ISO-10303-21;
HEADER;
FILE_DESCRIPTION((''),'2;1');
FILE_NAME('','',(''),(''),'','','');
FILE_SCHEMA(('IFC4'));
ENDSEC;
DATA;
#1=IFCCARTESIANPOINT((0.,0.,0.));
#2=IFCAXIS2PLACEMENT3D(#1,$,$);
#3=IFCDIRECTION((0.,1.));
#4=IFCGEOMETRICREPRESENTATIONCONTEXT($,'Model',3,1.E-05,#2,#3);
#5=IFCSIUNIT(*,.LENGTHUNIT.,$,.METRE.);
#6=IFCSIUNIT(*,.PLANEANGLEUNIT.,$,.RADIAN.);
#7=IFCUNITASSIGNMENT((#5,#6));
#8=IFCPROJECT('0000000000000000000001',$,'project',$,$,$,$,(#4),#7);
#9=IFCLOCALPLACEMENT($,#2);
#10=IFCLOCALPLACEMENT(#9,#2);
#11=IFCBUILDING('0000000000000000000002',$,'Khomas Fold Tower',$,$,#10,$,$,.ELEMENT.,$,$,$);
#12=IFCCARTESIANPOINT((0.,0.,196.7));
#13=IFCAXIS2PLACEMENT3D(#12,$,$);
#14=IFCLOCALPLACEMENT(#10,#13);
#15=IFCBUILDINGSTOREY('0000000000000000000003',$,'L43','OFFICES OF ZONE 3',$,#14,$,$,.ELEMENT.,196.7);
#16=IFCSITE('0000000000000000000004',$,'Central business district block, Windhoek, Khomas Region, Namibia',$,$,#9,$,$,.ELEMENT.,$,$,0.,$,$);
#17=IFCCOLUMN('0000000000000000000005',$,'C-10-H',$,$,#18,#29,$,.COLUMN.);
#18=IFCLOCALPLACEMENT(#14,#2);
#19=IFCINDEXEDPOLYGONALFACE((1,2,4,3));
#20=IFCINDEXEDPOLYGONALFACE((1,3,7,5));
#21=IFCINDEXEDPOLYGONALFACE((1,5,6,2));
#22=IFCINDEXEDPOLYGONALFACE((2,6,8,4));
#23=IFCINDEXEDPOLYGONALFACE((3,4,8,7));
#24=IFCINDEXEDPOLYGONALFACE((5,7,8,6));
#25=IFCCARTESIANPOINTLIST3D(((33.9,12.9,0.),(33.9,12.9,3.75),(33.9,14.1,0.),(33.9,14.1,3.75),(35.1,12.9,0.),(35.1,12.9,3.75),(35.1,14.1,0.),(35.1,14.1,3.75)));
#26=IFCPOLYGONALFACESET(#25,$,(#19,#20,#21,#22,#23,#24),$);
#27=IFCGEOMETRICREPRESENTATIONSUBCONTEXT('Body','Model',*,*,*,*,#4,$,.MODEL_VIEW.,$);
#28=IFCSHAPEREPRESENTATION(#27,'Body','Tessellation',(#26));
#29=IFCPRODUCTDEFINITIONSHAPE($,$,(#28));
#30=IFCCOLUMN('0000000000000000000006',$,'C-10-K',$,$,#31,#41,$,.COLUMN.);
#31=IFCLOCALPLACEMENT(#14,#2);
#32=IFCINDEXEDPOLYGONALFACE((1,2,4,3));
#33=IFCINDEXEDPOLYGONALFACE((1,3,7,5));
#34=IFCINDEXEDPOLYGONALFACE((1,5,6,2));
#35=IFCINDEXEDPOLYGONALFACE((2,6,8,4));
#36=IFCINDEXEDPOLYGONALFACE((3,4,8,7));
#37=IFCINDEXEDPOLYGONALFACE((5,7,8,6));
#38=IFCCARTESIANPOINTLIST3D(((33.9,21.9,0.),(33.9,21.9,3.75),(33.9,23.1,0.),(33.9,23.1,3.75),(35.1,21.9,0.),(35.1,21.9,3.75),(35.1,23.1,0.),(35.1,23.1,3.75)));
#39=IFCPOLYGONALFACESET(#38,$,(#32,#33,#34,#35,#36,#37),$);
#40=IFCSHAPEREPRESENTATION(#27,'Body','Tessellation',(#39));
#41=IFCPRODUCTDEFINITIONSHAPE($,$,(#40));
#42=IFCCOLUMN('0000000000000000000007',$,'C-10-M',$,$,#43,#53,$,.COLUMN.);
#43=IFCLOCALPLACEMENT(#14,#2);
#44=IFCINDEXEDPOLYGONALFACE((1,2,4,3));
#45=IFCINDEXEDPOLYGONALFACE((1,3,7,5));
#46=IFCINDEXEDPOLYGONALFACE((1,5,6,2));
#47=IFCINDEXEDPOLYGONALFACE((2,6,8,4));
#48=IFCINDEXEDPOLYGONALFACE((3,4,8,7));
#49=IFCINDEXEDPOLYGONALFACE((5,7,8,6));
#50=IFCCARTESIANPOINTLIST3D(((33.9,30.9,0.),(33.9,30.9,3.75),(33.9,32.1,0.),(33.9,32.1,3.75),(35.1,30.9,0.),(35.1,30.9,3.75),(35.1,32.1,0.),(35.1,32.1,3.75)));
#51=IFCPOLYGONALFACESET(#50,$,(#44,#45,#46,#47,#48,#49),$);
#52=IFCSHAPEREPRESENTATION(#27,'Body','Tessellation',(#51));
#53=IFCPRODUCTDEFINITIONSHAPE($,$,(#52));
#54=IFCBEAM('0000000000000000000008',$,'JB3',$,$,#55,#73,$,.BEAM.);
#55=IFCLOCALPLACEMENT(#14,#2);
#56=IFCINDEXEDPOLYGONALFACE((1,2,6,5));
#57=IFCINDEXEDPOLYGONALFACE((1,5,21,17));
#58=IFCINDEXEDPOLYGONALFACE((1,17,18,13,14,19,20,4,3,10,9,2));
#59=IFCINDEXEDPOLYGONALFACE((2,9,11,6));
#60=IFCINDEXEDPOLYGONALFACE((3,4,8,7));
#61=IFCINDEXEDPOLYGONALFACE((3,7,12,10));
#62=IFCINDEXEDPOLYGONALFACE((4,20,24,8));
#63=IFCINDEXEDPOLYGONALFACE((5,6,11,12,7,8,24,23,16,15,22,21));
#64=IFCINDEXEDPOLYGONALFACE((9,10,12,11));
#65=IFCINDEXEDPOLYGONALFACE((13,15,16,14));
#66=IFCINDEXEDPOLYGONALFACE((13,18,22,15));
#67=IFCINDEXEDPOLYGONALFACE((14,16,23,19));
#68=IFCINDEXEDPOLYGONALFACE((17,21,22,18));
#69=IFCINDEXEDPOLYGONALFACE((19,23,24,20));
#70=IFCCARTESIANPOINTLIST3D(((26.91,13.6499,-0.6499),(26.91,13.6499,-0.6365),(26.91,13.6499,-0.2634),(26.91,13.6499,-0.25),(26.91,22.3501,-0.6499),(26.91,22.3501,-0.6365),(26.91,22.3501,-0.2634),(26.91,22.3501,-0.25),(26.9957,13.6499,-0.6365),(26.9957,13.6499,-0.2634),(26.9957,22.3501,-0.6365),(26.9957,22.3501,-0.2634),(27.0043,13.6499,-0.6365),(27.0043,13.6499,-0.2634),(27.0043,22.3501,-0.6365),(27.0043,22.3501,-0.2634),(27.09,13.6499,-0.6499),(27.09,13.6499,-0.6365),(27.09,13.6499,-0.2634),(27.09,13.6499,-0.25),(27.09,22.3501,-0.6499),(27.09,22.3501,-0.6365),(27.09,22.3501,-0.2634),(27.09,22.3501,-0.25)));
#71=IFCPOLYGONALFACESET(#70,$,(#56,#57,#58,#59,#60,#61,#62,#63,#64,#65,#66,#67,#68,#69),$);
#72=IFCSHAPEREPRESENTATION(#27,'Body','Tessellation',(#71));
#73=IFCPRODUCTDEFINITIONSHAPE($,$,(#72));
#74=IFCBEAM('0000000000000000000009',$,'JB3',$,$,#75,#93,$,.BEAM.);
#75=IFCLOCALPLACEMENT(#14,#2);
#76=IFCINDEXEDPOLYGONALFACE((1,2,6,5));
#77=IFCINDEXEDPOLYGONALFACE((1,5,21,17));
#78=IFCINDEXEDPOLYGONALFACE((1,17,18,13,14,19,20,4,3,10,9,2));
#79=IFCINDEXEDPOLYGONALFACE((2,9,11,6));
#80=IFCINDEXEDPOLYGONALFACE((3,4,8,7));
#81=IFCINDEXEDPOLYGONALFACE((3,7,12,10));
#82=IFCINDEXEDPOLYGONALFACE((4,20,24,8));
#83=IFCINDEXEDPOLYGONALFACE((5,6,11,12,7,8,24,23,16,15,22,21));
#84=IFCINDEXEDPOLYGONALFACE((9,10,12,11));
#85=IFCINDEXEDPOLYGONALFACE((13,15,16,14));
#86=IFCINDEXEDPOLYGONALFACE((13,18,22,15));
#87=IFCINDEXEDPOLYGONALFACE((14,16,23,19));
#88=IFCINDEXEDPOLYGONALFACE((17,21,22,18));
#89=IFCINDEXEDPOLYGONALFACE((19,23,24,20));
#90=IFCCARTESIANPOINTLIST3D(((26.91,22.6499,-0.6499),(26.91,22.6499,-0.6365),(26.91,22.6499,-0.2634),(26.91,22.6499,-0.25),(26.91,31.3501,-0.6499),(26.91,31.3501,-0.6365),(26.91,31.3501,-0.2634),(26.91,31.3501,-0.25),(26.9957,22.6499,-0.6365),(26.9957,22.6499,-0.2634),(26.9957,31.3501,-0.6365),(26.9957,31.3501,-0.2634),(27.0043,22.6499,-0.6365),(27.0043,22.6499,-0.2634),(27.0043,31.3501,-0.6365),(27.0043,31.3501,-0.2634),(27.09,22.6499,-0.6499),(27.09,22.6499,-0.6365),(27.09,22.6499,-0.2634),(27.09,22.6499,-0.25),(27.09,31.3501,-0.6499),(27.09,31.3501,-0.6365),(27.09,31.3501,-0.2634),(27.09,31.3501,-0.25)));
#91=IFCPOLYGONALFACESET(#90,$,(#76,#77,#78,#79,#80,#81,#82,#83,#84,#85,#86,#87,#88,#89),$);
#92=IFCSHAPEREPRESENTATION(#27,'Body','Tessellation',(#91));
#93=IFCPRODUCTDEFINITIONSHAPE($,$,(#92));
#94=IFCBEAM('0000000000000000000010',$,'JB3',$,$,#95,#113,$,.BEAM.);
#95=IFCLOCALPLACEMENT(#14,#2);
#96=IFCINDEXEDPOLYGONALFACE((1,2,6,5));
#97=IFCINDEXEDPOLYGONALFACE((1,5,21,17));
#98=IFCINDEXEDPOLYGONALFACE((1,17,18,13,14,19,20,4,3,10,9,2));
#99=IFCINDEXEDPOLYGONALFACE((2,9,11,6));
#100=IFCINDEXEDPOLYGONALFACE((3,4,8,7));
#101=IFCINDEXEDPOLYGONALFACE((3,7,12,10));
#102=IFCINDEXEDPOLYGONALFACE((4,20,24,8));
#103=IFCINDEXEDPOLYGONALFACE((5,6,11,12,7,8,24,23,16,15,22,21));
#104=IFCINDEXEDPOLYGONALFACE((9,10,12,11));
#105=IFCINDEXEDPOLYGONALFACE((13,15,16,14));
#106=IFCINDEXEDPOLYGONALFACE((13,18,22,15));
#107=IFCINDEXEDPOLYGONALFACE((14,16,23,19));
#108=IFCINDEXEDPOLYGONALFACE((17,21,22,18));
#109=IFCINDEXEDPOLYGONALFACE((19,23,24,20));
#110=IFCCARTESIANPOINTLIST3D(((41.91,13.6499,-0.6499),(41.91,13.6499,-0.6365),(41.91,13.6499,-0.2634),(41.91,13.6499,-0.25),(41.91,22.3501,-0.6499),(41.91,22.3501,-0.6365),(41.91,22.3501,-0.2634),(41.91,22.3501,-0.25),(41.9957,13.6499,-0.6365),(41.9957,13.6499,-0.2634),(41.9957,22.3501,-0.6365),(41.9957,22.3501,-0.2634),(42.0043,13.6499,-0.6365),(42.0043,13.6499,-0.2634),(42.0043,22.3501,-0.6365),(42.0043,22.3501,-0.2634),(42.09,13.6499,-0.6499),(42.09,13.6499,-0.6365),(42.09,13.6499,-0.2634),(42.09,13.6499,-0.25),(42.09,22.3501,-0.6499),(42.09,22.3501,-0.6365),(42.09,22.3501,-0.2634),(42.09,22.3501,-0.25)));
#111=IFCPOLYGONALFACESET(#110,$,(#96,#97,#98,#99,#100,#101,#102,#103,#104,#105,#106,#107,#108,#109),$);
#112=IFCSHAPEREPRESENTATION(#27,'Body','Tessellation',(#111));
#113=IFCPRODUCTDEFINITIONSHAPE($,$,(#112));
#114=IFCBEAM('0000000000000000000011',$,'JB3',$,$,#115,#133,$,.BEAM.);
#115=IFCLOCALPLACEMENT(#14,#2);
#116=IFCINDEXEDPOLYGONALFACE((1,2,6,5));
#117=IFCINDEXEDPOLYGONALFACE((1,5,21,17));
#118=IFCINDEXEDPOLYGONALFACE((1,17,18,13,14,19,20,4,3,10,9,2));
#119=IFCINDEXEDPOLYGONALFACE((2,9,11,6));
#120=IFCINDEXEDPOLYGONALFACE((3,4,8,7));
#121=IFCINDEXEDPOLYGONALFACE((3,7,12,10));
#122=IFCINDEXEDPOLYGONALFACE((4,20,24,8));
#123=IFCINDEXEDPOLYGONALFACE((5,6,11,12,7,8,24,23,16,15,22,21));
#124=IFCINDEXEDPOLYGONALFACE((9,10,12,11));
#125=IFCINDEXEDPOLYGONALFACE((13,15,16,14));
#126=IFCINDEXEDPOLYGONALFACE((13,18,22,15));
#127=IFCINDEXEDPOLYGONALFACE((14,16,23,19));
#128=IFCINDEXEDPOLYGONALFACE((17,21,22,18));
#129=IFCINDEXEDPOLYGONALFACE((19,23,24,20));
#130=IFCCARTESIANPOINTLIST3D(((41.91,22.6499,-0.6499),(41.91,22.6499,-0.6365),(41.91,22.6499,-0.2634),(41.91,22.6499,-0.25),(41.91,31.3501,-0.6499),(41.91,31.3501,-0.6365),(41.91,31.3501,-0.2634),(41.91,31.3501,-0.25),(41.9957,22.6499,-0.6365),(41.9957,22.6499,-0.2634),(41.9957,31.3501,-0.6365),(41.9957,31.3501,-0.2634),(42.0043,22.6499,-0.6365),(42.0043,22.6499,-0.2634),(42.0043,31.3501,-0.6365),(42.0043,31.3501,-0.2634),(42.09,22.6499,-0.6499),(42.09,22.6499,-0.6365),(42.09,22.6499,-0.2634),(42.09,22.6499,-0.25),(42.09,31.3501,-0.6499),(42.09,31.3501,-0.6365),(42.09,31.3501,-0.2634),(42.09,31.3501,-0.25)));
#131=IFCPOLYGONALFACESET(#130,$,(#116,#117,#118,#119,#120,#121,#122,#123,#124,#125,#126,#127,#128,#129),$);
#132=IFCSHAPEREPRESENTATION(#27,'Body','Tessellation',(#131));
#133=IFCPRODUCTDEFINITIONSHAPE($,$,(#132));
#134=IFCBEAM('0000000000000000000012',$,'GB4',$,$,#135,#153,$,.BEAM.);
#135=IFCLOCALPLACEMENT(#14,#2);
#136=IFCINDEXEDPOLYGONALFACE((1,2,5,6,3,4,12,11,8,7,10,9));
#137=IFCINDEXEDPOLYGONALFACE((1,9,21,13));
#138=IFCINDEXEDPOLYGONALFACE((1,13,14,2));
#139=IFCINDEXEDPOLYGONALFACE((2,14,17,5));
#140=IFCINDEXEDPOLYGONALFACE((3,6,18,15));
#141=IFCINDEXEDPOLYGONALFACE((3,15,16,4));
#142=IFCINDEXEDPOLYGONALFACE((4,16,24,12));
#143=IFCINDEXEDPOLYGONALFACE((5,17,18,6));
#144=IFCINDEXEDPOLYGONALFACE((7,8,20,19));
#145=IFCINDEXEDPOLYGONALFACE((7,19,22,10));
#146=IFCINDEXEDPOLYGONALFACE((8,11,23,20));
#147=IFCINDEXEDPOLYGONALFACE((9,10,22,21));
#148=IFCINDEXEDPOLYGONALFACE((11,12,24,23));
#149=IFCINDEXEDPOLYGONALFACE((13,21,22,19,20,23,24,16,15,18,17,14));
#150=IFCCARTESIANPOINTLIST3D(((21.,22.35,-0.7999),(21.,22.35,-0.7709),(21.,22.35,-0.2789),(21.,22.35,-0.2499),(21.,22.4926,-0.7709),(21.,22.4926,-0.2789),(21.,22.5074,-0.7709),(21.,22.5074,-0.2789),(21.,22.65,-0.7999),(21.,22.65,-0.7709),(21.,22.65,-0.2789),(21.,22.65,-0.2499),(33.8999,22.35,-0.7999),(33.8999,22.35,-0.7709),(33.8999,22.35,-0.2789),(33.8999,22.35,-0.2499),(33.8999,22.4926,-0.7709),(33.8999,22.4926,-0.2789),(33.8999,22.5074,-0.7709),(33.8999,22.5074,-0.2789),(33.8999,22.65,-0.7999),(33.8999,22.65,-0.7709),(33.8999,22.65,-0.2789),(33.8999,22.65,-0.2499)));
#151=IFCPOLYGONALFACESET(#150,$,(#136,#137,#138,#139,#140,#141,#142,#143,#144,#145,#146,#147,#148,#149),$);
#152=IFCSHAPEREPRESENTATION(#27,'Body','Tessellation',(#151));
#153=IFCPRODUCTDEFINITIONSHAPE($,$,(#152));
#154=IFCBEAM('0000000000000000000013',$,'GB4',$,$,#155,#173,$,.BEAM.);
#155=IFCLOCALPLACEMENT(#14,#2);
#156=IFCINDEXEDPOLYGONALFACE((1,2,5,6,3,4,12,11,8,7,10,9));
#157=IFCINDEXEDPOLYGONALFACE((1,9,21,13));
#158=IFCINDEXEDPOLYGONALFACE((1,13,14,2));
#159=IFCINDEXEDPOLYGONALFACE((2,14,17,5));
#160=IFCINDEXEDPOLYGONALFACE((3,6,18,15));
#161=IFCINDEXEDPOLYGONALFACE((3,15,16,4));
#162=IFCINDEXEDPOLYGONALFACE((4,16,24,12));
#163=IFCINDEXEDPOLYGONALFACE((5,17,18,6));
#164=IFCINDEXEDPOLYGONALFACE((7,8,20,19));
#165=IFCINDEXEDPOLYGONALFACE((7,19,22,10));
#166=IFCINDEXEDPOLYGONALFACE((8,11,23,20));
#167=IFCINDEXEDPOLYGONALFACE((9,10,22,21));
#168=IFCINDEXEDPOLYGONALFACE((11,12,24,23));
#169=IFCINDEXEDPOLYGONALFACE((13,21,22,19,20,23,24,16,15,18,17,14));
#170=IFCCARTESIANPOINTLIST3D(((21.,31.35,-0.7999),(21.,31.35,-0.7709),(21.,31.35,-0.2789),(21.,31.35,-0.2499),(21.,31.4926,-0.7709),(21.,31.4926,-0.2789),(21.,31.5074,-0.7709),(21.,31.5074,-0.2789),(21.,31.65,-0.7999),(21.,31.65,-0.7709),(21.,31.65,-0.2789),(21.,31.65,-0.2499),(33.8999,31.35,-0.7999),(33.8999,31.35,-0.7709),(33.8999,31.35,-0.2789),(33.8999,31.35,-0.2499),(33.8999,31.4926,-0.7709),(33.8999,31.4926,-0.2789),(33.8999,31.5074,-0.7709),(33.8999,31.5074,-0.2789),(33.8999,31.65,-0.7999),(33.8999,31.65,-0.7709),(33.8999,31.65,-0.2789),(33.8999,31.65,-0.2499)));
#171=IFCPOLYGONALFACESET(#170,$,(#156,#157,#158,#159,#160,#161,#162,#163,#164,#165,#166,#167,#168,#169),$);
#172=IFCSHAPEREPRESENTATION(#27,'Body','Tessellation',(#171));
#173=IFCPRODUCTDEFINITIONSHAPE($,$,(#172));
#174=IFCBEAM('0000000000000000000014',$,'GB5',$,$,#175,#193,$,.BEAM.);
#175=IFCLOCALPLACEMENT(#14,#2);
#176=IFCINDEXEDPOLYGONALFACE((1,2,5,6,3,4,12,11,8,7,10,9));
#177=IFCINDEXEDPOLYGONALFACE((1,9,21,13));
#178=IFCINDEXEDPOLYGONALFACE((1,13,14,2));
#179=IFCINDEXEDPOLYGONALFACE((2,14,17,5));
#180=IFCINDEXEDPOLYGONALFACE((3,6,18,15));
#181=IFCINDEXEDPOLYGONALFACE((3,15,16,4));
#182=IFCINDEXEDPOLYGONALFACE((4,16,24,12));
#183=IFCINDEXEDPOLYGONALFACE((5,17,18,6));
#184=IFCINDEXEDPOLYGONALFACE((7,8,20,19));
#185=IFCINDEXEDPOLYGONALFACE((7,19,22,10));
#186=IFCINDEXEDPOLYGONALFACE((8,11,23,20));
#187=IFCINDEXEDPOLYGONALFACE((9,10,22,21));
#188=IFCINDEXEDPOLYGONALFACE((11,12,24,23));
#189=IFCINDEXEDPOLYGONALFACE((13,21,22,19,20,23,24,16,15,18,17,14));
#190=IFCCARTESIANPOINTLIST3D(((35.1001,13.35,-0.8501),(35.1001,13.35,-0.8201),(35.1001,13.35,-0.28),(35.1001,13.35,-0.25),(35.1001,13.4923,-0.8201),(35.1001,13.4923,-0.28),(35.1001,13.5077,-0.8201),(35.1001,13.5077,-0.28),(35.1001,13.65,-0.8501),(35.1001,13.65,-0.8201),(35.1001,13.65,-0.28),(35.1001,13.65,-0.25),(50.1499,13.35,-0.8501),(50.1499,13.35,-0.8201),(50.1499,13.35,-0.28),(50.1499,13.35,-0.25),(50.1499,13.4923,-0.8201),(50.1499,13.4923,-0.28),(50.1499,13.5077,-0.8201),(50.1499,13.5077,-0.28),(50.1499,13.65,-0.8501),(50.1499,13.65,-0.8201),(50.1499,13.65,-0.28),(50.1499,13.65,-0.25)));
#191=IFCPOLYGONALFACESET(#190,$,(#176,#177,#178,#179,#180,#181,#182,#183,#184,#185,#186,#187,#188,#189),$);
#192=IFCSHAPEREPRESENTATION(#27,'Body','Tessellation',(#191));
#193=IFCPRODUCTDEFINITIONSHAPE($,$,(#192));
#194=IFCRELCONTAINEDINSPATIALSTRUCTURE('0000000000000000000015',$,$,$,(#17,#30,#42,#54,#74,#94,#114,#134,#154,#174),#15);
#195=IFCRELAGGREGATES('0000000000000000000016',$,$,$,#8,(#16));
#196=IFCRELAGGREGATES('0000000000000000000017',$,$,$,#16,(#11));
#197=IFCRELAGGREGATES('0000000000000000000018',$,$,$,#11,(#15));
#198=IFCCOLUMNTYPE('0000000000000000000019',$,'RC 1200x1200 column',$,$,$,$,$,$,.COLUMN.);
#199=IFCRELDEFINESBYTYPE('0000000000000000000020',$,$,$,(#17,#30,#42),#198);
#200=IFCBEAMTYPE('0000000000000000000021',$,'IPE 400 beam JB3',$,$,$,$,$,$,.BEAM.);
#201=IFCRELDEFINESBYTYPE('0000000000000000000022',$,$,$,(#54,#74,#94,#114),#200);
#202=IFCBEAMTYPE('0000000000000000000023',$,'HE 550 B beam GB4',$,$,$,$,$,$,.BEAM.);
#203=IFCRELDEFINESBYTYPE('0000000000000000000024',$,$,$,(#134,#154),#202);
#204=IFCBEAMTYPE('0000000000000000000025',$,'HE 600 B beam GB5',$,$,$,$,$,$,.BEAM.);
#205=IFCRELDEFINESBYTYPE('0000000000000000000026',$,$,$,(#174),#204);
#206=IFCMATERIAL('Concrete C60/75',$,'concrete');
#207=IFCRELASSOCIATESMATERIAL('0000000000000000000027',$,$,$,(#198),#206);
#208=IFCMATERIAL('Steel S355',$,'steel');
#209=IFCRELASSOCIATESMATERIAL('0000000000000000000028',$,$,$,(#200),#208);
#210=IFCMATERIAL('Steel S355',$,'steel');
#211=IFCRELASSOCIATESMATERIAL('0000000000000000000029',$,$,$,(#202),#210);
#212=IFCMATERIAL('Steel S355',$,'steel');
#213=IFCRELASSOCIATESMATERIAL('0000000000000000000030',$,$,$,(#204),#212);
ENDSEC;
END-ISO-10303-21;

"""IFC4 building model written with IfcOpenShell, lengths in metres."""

from ifc_helpers import new_model, si_unit, direction, frame, origin, origin_2d, place, context, subcontext, project, spatial, rectangle, i_section, extrude, source, transform, mapped, material, material_profile, profile_set, type_object, element, save


model = new_model("IFC4")

# Units and contexts
model_context = context("Model", 3, precision=1e-05, world=origin(), true_north=direction((0.0, 1.0)))
body_context = subcontext(model_context, "Body", "Model", "MODEL_VIEW")
ifc_project = project(units=[si_unit("LENGTHUNIT", "METRE"), si_unit("PLANEANGLEUNIT", "RADIAN")], contexts=[model_context])

# Site, building, storey
site_placement = place(None, origin())
site = spatial("IfcSite", under=ifc_project, at=site_placement, Name="Central business district block, Windhoek, Khomas Region, Namibia", CompositionType="ELEMENT", RefElevation=0.0)
building_placement = place(site_placement, origin())
building = spatial("IfcBuilding", under=site, at=building_placement, Name="Khomas Fold Tower", CompositionType="ELEMENT")
storey_placement = place(building_placement, frame((0.0, 0.0, 196.7)))
storey = spatial("IfcBuildingStorey", under=building, at=storey_placement, Name="L43", Description="OFFICES OF ZONE 3", CompositionType="ELEMENT", Elevation=196.7)

# Columns
ifc_material_1 = material(Name="Concrete C60/75", Category="concrete")
ifc_material_profile_1 = material_profile(ifc_material_1, rectangle(XDim=1.2, YDim=1.2, at=origin_2d()), Name="RC 1200x1200")
ifc_profile_set_1 = profile_set([ifc_material_profile_1], Name="Concrete C60/75")
column_type = type_object("IfcColumnType", Name="RC 1200x1200 column", PredefinedType="COLUMN", material=ifc_profile_set_1)
shared_shape_1 = source(origin(), body_context, "Body", "SweptSolid", [
    extrude(rectangle(XDim=1.2, YDim=1.2, at=origin_2d()), origin(), (0.0, 0.0, 1.0), 3.75),
])
for number, where, z_axis, x_axis, name in (
    (1, (34.5, 13.5, 0.0), (0.0, 0.0, 1.0), (1.0, 0.0, 0.0), "C-10-H"),
    (2, (34.5, 22.5, 0.0), (0.0, 0.0, 1.0), (1.0, 0.0, 0.0), "C-10-K"),
    (3, (34.5, 31.5, 0.0), (0.0, 0.0, 1.0), (1.0, 0.0, 0.0), "C-10-M"),
):
    element("IfcColumn", number, at=place(storey_placement, frame(where, z_axis=z_axis, x_axis=x_axis)), inside=storey, type_object=column_type, Name=name, PredefinedType="COLUMN", context=body_context, shape_type="MappedRepresentation", body=[
        mapped(shared_shape_1, transform((0.0, 0.0, 0.0))),
    ])

# Beams
ifc_material_2 = material(Name="Steel S355", Category="steel")
ifc_material_profile_2 = material_profile(ifc_material_2, i_section(OverallWidth=0.1799, OverallDepth=0.3999, WebThickness=0.0085, FlangeThickness=0.0134, at=origin_2d()), Name="IPE 400")
ifc_profile_set_2 = profile_set([ifc_material_profile_2], Name="Steel S355")
beam_type_1 = type_object("IfcBeamType", Name="IPE 400 beam JB3", PredefinedType="BEAM", material=ifc_profile_set_2)
shared_shape_2 = source(origin(), body_context, "Body", "SweptSolid", [
    extrude(i_section(OverallWidth=0.1799, OverallDepth=0.3999, WebThickness=0.0085, FlangeThickness=0.0134, at=origin_2d()), origin(), (0.0, 0.0, 1.0), 8.7002),
])
for number, where, z_axis, x_axis, name in (
    (4, (27.0, 13.6499, -0.45), (0.0, 1.0, 0.0), (-1.0, 0.0, 0.0), "JB3"),
    (5, (27.0, 22.6499, -0.45), (0.0, 1.0, 0.0), (-1.0, 0.0, 0.0), "JB3"),
    (6, (42.0, 13.6499, -0.45), (0.0, 1.0, 0.0), (-1.0, 0.0, 0.0), "JB3"),
    (7, (42.0, 22.6499, -0.45), (0.0, 1.0, 0.0), (-1.0, 0.0, 0.0), "JB3"),
):
    element("IfcBeam", number, at=place(storey_placement, frame(where, z_axis=z_axis, x_axis=x_axis)), inside=storey, type_object=beam_type_1, Name=name, PredefinedType="BEAM", context=body_context, shape_type="MappedRepresentation", body=[
        mapped(shared_shape_2, transform((0.0, 0.0, 0.0))),
    ])
ifc_material_3 = material(Name="Steel S355", Category="steel")
ifc_material_profile_3 = material_profile(ifc_material_3, i_section(OverallWidth=0.3, OverallDepth=0.55, WebThickness=0.0149, FlangeThickness=0.0291, at=origin_2d()), Name="HE 550 B")
ifc_profile_set_3 = profile_set([ifc_material_profile_3], Name="Steel S355")
beam_type_2 = type_object("IfcBeamType", Name="HE 550 B beam GB4", PredefinedType="BEAM", material=ifc_profile_set_3)
shared_shape_3 = source(origin(), body_context, "Body", "SweptSolid", [
    extrude(i_section(OverallWidth=0.3, OverallDepth=0.55, WebThickness=0.0149, FlangeThickness=0.0291, at=origin_2d()), origin(), (0.0, 0.0, 1.0), 12.8999),
])
for number, where, z_axis, x_axis, name in (
    (8, (21.0, 22.5, -0.5249), (1.0, 0.0, 0.0), (0.0, 1.0, 0.0), "GB4"),
    (9, (21.0, 31.5, -0.5249), (1.0, 0.0, 0.0), (0.0, 1.0, 0.0), "GB4"),
):
    element("IfcBeam", number, at=place(storey_placement, frame(where, z_axis=z_axis, x_axis=x_axis)), inside=storey, type_object=beam_type_2, Name=name, PredefinedType="BEAM", context=body_context, shape_type="MappedRepresentation", body=[
        mapped(shared_shape_3, transform((0.0, 0.0, 0.0))),
    ])
ifc_material_4 = material(Name="Steel S355", Category="steel")
ifc_material_profile_4 = material_profile(ifc_material_4, i_section(OverallWidth=0.3, OverallDepth=0.6001, WebThickness=0.0154, FlangeThickness=0.03, at=origin_2d()), Name="HE 600 B")
ifc_profile_set_4 = profile_set([ifc_material_profile_4], Name="Steel S355")
beam_type_3 = type_object("IfcBeamType", Name="HE 600 B beam GB5", PredefinedType="BEAM", material=ifc_profile_set_4)
shared_shape_4 = source(origin(), body_context, "Body", "SweptSolid", [
    extrude(i_section(OverallWidth=0.3, OverallDepth=0.6001, WebThickness=0.0154, FlangeThickness=0.03, at=origin_2d()), origin(), (0.0, 0.0, 1.0), 15.0498),
])
for number, where, z_axis, x_axis, name in (
    (10, (35.1001, 13.5, -0.55), (1.0, 0.0, 0.0), (0.0, 1.0, 0.0), "GB5"),
):
    element("IfcBeam", number, at=place(storey_placement, frame(where, z_axis=z_axis, x_axis=x_axis)), inside=storey, type_object=beam_type_3, Name=name, PredefinedType="BEAM", context=body_context, shape_type="MappedRepresentation", body=[
        mapped(shared_shape_4, transform((0.0, 0.0, 0.0))),
    ])

save(model, "model.ifc")
